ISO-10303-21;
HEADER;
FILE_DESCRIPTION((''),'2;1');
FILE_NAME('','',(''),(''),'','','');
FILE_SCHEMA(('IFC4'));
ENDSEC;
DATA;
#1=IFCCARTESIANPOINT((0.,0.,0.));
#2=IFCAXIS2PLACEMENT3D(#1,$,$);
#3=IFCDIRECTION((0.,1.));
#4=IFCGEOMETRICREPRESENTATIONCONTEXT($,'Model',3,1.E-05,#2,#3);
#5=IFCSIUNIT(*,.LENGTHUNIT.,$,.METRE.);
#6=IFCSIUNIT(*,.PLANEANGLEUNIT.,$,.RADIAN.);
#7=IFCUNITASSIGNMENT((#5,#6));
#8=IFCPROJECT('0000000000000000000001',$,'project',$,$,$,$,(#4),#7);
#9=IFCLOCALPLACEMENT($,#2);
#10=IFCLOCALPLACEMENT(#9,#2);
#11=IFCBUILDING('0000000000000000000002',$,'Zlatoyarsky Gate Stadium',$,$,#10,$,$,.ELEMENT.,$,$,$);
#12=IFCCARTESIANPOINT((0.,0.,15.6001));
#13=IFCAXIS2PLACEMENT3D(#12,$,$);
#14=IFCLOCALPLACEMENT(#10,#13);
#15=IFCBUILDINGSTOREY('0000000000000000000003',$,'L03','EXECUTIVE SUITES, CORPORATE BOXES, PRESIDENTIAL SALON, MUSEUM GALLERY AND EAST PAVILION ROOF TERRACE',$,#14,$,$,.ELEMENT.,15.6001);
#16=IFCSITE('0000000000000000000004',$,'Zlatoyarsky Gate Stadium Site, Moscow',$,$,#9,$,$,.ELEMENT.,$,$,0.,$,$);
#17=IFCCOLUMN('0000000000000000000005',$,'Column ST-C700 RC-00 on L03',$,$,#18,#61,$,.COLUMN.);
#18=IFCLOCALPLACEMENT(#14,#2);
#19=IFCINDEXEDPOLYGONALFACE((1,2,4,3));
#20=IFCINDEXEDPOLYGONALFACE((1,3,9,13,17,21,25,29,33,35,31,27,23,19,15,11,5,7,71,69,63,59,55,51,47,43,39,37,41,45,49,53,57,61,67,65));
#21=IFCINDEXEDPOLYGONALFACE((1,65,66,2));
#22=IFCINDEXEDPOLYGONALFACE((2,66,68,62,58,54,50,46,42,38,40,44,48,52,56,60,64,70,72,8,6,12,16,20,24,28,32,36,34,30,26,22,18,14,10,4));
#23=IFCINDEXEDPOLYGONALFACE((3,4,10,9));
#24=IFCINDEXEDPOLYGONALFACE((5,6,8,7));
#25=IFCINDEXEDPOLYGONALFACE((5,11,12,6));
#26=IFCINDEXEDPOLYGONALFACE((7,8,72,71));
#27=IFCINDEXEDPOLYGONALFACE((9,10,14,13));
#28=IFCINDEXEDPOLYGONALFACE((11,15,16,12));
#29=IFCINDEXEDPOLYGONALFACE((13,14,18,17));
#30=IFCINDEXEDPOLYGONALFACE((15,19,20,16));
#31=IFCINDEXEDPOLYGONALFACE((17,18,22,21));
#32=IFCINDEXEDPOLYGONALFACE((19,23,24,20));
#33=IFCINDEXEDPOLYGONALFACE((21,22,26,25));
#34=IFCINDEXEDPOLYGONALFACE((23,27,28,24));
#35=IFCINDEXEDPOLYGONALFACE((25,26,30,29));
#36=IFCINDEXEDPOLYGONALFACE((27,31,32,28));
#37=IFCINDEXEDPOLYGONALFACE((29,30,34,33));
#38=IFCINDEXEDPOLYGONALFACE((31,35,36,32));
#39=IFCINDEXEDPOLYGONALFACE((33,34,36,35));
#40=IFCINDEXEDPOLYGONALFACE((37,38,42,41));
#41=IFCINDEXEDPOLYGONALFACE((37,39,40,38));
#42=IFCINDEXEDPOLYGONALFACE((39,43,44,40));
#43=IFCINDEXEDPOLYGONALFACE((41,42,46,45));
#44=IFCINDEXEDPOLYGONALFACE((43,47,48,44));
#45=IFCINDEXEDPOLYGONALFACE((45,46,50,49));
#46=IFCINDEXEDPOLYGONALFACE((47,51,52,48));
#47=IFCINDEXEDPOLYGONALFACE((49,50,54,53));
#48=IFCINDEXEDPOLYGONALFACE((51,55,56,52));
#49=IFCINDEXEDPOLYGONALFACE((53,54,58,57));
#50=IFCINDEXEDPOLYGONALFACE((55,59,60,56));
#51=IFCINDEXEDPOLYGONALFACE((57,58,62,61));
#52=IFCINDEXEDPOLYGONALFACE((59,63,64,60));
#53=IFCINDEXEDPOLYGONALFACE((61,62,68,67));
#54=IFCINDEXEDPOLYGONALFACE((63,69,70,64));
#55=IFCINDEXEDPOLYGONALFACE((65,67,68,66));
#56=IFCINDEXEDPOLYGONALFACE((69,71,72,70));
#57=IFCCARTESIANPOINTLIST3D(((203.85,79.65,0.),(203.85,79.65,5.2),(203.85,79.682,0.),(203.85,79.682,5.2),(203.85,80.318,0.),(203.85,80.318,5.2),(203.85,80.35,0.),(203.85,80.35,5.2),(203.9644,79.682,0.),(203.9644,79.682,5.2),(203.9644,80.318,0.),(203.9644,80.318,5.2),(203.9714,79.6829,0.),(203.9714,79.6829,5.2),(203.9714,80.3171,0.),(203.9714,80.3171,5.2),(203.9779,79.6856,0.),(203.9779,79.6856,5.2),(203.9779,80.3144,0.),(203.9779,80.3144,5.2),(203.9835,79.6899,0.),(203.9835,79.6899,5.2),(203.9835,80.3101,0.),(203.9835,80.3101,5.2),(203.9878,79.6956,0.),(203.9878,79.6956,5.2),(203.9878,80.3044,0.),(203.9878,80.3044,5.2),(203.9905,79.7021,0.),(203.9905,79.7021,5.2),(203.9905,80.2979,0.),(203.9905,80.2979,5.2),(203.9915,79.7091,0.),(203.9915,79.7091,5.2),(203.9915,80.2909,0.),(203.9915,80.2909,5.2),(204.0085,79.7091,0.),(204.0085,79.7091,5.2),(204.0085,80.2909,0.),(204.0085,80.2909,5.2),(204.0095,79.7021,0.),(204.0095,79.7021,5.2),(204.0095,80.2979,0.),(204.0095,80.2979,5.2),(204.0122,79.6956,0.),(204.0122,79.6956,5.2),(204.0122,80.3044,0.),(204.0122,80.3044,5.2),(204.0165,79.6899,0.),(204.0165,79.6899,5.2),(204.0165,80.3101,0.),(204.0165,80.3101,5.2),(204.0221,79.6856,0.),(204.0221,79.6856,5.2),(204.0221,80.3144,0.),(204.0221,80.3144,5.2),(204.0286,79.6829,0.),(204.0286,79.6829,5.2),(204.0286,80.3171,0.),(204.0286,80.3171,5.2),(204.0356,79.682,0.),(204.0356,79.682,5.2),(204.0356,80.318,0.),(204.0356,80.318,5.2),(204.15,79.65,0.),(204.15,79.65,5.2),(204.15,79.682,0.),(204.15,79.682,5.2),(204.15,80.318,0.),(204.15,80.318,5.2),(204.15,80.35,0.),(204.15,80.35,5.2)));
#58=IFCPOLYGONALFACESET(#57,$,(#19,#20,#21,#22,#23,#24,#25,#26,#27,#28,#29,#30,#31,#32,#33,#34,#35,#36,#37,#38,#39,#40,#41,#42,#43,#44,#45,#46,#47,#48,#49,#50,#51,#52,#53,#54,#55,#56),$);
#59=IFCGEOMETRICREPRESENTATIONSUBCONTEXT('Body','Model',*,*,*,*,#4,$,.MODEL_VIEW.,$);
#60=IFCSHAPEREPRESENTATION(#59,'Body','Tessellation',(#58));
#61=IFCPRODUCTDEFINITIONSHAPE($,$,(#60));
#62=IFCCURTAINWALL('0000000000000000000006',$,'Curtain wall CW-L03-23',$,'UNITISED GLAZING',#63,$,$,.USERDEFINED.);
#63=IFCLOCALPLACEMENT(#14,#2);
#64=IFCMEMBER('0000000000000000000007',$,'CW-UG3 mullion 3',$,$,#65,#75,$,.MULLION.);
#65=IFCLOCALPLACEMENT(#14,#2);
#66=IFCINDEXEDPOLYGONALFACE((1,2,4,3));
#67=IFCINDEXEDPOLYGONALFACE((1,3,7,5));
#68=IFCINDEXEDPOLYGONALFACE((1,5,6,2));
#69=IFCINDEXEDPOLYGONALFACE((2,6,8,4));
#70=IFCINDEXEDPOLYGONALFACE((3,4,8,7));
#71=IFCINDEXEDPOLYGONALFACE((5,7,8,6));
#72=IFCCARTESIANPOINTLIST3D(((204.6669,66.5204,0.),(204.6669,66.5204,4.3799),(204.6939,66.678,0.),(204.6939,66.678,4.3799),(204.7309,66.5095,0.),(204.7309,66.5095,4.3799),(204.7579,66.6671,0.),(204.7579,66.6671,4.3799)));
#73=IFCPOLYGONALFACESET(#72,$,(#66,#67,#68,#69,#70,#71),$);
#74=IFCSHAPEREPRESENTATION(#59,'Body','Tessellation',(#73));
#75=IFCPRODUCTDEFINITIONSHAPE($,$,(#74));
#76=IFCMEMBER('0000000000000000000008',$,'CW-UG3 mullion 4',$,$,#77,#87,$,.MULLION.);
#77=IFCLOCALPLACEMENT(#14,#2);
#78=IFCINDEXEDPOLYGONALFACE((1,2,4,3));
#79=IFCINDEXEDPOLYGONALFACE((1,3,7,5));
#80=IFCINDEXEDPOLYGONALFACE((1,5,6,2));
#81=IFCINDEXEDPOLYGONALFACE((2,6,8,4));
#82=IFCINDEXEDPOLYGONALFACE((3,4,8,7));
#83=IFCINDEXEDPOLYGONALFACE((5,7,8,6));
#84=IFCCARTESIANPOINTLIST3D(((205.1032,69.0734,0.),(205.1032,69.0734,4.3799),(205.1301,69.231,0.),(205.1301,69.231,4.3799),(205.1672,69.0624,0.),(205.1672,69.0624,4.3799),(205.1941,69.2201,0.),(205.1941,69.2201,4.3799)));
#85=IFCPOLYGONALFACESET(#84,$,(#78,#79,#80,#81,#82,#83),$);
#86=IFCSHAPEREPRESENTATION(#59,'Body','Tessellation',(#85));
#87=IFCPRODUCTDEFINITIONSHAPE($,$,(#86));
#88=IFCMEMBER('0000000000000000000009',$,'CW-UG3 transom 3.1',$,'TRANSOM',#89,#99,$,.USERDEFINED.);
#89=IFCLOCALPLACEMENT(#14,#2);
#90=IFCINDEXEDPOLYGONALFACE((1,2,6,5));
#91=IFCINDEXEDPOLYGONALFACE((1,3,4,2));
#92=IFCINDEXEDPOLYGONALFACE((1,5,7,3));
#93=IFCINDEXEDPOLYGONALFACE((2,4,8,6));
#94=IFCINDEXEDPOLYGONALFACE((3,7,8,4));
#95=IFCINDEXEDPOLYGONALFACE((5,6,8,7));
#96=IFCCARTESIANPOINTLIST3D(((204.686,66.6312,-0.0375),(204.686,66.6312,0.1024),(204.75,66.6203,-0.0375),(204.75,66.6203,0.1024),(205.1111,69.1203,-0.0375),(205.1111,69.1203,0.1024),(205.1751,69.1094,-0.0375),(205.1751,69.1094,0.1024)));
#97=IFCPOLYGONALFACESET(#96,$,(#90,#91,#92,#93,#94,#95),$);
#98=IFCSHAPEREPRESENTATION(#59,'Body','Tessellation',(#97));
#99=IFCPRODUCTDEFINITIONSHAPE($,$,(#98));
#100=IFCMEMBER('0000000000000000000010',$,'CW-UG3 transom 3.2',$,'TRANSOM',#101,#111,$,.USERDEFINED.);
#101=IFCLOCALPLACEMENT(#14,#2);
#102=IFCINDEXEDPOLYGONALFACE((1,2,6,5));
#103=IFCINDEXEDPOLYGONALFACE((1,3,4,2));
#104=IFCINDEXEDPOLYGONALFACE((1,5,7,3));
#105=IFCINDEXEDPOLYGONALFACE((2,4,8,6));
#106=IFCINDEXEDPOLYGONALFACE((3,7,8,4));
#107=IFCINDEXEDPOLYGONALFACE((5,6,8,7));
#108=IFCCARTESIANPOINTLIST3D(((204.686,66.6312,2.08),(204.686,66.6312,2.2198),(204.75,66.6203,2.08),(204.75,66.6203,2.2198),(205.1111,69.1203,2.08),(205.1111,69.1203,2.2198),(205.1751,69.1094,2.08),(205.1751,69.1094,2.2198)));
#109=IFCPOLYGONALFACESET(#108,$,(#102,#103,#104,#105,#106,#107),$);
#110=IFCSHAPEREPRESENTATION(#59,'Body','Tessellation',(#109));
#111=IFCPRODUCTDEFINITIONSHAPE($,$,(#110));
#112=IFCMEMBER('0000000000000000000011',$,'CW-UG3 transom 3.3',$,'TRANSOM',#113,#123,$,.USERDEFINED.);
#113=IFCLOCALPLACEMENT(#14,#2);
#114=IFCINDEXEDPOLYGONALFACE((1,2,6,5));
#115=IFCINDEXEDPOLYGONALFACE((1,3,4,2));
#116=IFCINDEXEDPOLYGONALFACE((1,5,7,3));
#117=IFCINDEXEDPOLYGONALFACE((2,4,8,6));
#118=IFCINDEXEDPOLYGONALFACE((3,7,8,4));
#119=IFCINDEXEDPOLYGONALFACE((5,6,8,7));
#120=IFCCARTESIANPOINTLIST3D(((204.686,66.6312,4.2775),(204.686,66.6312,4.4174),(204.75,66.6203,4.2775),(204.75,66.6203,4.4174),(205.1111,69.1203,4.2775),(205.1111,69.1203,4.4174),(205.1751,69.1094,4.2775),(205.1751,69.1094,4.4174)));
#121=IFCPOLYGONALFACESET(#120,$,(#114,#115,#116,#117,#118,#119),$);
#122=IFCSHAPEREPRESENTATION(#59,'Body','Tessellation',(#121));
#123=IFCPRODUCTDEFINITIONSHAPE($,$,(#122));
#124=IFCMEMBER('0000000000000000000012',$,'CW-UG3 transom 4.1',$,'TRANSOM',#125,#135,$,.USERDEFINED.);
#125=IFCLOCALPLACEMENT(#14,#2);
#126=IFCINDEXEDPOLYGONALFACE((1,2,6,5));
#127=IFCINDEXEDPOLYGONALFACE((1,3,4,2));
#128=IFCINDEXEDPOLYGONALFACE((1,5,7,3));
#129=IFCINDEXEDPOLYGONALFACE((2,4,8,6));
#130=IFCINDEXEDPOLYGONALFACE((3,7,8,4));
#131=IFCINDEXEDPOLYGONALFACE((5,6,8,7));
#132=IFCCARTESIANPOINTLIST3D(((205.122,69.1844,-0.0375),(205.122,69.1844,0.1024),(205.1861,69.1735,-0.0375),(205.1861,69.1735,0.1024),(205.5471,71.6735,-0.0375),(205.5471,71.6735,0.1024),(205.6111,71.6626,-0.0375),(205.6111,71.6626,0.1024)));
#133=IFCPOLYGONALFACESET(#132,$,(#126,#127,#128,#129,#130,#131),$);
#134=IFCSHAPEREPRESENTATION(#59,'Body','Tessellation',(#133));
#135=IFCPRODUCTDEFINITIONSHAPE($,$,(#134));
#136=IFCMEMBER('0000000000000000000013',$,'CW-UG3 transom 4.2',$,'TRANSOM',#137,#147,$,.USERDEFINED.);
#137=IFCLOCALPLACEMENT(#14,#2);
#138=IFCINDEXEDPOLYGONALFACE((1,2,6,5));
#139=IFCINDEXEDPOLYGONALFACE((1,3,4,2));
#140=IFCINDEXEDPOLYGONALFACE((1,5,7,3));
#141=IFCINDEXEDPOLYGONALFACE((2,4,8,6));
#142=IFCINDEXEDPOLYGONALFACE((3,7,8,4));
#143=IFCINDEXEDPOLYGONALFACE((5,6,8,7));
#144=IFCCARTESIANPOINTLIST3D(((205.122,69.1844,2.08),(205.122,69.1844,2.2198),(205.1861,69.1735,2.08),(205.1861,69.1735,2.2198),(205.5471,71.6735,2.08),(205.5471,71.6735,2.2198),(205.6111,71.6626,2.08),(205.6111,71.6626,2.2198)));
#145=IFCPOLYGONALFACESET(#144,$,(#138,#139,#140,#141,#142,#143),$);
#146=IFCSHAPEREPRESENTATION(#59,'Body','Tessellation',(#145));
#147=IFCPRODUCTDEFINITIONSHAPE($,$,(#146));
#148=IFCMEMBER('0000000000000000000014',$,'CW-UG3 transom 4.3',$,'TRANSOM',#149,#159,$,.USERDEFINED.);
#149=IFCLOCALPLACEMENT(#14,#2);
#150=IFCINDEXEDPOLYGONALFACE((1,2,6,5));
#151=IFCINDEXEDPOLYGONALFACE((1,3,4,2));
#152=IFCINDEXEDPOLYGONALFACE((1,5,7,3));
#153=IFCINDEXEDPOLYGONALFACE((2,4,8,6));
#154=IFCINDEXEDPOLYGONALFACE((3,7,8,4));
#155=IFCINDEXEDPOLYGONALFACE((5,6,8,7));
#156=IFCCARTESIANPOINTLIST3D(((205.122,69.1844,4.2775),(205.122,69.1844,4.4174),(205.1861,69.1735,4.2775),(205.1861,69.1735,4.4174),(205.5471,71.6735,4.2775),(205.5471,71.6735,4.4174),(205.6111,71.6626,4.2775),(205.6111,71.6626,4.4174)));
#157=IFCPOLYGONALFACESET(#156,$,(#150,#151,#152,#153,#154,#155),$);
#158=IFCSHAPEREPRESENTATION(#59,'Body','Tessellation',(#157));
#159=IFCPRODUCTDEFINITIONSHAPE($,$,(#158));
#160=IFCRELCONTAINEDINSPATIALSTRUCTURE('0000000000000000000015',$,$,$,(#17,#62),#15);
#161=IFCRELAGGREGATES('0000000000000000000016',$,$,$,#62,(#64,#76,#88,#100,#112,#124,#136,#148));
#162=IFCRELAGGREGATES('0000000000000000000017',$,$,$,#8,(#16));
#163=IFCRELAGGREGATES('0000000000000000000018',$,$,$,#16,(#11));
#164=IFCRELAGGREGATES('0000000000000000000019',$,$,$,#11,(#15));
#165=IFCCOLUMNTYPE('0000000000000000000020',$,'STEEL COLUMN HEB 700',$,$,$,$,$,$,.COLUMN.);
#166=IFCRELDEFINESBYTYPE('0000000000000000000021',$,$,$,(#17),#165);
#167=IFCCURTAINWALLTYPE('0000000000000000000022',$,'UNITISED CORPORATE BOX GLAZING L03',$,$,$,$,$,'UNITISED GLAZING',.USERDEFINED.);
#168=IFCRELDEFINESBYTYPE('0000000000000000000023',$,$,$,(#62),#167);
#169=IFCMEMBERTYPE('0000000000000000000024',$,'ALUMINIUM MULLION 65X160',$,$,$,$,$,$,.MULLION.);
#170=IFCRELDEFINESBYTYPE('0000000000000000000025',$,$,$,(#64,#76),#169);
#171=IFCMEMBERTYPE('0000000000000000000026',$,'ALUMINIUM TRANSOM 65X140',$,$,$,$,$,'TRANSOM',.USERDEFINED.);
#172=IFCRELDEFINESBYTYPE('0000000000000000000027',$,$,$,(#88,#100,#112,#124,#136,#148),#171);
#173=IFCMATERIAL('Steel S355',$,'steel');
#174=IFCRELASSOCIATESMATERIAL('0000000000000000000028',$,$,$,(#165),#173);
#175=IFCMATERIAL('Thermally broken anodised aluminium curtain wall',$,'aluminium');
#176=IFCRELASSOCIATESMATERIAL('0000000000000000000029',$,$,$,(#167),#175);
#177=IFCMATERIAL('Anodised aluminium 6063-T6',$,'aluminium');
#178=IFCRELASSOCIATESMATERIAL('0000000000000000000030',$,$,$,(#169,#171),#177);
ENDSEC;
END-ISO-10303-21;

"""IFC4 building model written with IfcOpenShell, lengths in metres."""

from ifc_helpers import new_model, si_unit, direction, frame, origin, origin_2d, place, context, subcontext, project, spatial, rectangle, i_section, extrude, material, material_profile, profile_set, type_object, element, aggregate, save


model = new_model("IFC4")

# Units and contexts
model_context = context("Model", 3, precision=1e-05, world=origin(), true_north=direction((0.0, 1.0)))
body_context = subcontext(model_context, "Body", "Model", "MODEL_VIEW")
ifc_project = project(units=[si_unit("LENGTHUNIT", "METRE"), si_unit("PLANEANGLEUNIT", "RADIAN")], contexts=[model_context])

# Site, building, storey
site_placement = place(None, origin())
site = spatial("IfcSite", under=ifc_project, at=site_placement, Name="Zlatoyarsky Gate Stadium Site, Moscow", CompositionType="ELEMENT", RefElevation=0.0)
building_placement = place(site_placement, origin())
building = spatial("IfcBuilding", under=site, at=building_placement, Name="Zlatoyarsky Gate Stadium", CompositionType="ELEMENT")
storey_placement = place(building_placement, frame((0.0, 0.0, 15.6001)))
storey = spatial("IfcBuildingStorey", under=building, at=storey_placement, Name="L03", Description="EXECUTIVE SUITES, CORPORATE BOXES, PRESIDENTIAL SALON, MUSEUM GALLERY AND EAST PAVILION ROOF TERRACE", CompositionType="ELEMENT", Elevation=15.6001)

# Column
ifc_material_1 = material(Name="Steel S355", Category="steel")
ifc_material_profile_1 = material_profile(ifc_material_1, i_section(OverallWidth=0.3, OverallDepth=0.7, WebThickness=0.0171, FlangeThickness=0.032, FilletRadius=0.0271, at=origin_2d()), Name="HEB 700")
ifc_profile_set_1 = profile_set([ifc_material_profile_1], Name="Steel S355")
column_type = type_object("IfcColumnType", Name="STEEL COLUMN HEB 700", PredefinedType="COLUMN", material=ifc_profile_set_1)
column_placement = place(storey_placement, frame((204.0, 80.0, 0.0), z_axis=(0.0, 0.0, 1.0), x_axis=(1.0, 0.0, 0.0)))
element("IfcColumn", 1, at=column_placement, inside=storey, type_object=column_type, Name="Column ST-C700 RC-00 on L03", PredefinedType="COLUMN", context=body_context, shape_type="SweptSolid", body=[
    extrude(i_section(OverallWidth=0.3, OverallDepth=0.7, WebThickness=0.0171, FlangeThickness=0.032, FilletRadius=0.0271, at=origin_2d()), origin(), (0.0, 0.0, 1.0), 5.2),
])

# Curtain wall, members
ifc_material_2 = material(Name="Thermally broken anodised aluminium curtain wall", Category="aluminium")
curtain_wall_type_1 = type_object("IfcCurtainWallType", Name="UNITISED CORPORATE BOX GLAZING L03", ElementType="UNITISED GLAZING", PredefinedType="USERDEFINED", material=ifc_material_2)
curtain_wall_1_placement = place(storey_placement, origin())
curtain_wall_1 = element("IfcCurtainWall", 2, at=curtain_wall_1_placement, inside=storey, type_object=curtain_wall_type_1, Name="Curtain wall CW-L03-23", ObjectType="UNITISED GLAZING", PredefinedType="USERDEFINED")
ifc_material_3 = material(Name="Anodised aluminium 6063-T6", Category="aluminium")
ifc_material_profile_2 = material_profile(ifc_material_3, rectangle(XDim=0.0649, YDim=0.1599, at=origin_2d()), Name="ALU 65X160")
ifc_profile_set_2 = profile_set([ifc_material_profile_2], Name="Anodised aluminium 6063-T6")
member_type_1 = type_object("IfcMemberType", Name="ALUMINIUM MULLION 65X160", PredefinedType="MULLION", material=ifc_profile_set_2)
member_1_placement = place(storey_placement, frame((204.7124, 66.5938, 0.0), z_axis=(0.0, 0.0, 1.0), x_axis=(-0.985726, 0.168356, 0.0)))
member_1 = element("IfcMember", 3, at=member_1_placement, type_object=member_type_1, Name="CW-UG3 mullion 3", PredefinedType="MULLION", context=body_context, shape_type="SweptSolid", body=[
    extrude(rectangle(XDim=0.0649, YDim=0.1599, at=origin_2d()), origin(), (0.0, 0.0, 1.0), 4.3799),
])
member_2_placement = place(storey_placement, frame((205.1487, 69.1467, 0.0), z_axis=(0.0, 0.0, 1.0), x_axis=(-0.985726, 0.168356, 0.0)))
member_2 = element("IfcMember", 4, at=member_2_placement, type_object=member_type_1, Name="CW-UG3 mullion 4", PredefinedType="MULLION", context=body_context, shape_type="SweptSolid", body=[
    extrude(rectangle(XDim=0.0649, YDim=0.1599, at=origin_2d()), origin(), (0.0, 0.0, 1.0), 4.3799),
])
ifc_material_profile_3 = material_profile(ifc_material_3, rectangle(XDim=0.0649, YDim=0.1399, at=origin_2d()), Name="ALU 65X140")
ifc_profile_set_3 = profile_set([ifc_material_profile_3], Name="Anodised aluminium 6063-T6")
member_type_2 = type_object("IfcMemberType", Name="ALUMINIUM TRANSOM 65X140", ElementType="TRANSOM", PredefinedType="USERDEFINED", material=ifc_profile_set_3)
member_3_placement = place(storey_placement, frame((204.718, 66.6257, 0.0325), z_axis=(0.168333, 0.98573, 0.0), x_axis=(-0.98573, 0.168333, 0.0)))
member_3 = element("IfcMember", 5, at=member_3_placement, type_object=member_type_2, Name="CW-UG3 transom 3.1", ObjectType="TRANSOM", PredefinedType="USERDEFINED", context=body_context, shape_type="SweptSolid", body=[
    extrude(rectangle(XDim=0.0649, YDim=0.1399, at=origin_2d()), origin(), (0.0, 0.0, 1.0), 2.5251),
])
member_4_placement = place(storey_placement, frame((204.718, 66.6257, 2.1499), z_axis=(0.168333, 0.98573, 0.0), x_axis=(-0.98573, 0.168333, 0.0)))
member_4 = element("IfcMember", 6, at=member_4_placement, type_object=member_type_2, Name="CW-UG3 transom 3.2", ObjectType="TRANSOM", PredefinedType="USERDEFINED", context=body_context, shape_type="SweptSolid", body=[
    extrude(rectangle(XDim=0.0649, YDim=0.1399, at=origin_2d()), origin(), (0.0, 0.0, 1.0), 2.5251),
])
member_5_placement = place(storey_placement, frame((204.718, 66.6257, 4.3474), z_axis=(0.168333, 0.98573, 0.0), x_axis=(-0.98573, 0.168333, 0.0)))
member_5 = element("IfcMember", 7, at=member_5_placement, type_object=member_type_2, Name="CW-UG3 transom 3.3", ObjectType="TRANSOM", PredefinedType="USERDEFINED", context=body_context, shape_type="SweptSolid", body=[
    extrude(rectangle(XDim=0.0649, YDim=0.1399, at=origin_2d()), origin(), (0.0, 0.0, 1.0), 2.5251),
])
member_6_placement = place(storey_placement, frame((205.1541, 69.179, 0.0325), z_axis=(0.168333, 0.98573, 0.0), x_axis=(-0.98573, 0.168333, 0.0)))
member_6 = element("IfcMember", 8, at=member_6_placement, type_object=member_type_2, Name="CW-UG3 transom 4.1", ObjectType="TRANSOM", PredefinedType="USERDEFINED", context=body_context, shape_type="SweptSolid", body=[
    extrude(rectangle(XDim=0.0649, YDim=0.1399, at=origin_2d()), origin(), (0.0, 0.0, 1.0), 2.5251),
])
member_7_placement = place(storey_placement, frame((205.1541, 69.179, 2.1499), z_axis=(0.168333, 0.98573, 0.0), x_axis=(-0.98573, 0.168333, 0.0)))
member_7 = element("IfcMember", 9, at=member_7_placement, type_object=member_type_2, Name="CW-UG3 transom 4.2", ObjectType="TRANSOM", PredefinedType="USERDEFINED", context=body_context, shape_type="SweptSolid", body=[
    extrude(rectangle(XDim=0.0649, YDim=0.1399, at=origin_2d()), origin(), (0.0, 0.0, 1.0), 2.5251),
])
member_8_placement = place(storey_placement, frame((205.1541, 69.179, 4.3474), z_axis=(0.168333, 0.98573, 0.0), x_axis=(-0.98573, 0.168333, 0.0)))
member_8 = element("IfcMember", 10, at=member_8_placement, type_object=member_type_2, Name="CW-UG3 transom 4.3", ObjectType="TRANSOM", PredefinedType="USERDEFINED", context=body_context, shape_type="SweptSolid", body=[
    extrude(rectangle(XDim=0.0649, YDim=0.1399, at=origin_2d()), origin(), (0.0, 0.0, 1.0), 2.5251),
])

aggregate(curtain_wall_1, [member_1, member_2, member_3, member_4, member_5, member_6, member_7, member_8])

save(model, "model.ifc")
